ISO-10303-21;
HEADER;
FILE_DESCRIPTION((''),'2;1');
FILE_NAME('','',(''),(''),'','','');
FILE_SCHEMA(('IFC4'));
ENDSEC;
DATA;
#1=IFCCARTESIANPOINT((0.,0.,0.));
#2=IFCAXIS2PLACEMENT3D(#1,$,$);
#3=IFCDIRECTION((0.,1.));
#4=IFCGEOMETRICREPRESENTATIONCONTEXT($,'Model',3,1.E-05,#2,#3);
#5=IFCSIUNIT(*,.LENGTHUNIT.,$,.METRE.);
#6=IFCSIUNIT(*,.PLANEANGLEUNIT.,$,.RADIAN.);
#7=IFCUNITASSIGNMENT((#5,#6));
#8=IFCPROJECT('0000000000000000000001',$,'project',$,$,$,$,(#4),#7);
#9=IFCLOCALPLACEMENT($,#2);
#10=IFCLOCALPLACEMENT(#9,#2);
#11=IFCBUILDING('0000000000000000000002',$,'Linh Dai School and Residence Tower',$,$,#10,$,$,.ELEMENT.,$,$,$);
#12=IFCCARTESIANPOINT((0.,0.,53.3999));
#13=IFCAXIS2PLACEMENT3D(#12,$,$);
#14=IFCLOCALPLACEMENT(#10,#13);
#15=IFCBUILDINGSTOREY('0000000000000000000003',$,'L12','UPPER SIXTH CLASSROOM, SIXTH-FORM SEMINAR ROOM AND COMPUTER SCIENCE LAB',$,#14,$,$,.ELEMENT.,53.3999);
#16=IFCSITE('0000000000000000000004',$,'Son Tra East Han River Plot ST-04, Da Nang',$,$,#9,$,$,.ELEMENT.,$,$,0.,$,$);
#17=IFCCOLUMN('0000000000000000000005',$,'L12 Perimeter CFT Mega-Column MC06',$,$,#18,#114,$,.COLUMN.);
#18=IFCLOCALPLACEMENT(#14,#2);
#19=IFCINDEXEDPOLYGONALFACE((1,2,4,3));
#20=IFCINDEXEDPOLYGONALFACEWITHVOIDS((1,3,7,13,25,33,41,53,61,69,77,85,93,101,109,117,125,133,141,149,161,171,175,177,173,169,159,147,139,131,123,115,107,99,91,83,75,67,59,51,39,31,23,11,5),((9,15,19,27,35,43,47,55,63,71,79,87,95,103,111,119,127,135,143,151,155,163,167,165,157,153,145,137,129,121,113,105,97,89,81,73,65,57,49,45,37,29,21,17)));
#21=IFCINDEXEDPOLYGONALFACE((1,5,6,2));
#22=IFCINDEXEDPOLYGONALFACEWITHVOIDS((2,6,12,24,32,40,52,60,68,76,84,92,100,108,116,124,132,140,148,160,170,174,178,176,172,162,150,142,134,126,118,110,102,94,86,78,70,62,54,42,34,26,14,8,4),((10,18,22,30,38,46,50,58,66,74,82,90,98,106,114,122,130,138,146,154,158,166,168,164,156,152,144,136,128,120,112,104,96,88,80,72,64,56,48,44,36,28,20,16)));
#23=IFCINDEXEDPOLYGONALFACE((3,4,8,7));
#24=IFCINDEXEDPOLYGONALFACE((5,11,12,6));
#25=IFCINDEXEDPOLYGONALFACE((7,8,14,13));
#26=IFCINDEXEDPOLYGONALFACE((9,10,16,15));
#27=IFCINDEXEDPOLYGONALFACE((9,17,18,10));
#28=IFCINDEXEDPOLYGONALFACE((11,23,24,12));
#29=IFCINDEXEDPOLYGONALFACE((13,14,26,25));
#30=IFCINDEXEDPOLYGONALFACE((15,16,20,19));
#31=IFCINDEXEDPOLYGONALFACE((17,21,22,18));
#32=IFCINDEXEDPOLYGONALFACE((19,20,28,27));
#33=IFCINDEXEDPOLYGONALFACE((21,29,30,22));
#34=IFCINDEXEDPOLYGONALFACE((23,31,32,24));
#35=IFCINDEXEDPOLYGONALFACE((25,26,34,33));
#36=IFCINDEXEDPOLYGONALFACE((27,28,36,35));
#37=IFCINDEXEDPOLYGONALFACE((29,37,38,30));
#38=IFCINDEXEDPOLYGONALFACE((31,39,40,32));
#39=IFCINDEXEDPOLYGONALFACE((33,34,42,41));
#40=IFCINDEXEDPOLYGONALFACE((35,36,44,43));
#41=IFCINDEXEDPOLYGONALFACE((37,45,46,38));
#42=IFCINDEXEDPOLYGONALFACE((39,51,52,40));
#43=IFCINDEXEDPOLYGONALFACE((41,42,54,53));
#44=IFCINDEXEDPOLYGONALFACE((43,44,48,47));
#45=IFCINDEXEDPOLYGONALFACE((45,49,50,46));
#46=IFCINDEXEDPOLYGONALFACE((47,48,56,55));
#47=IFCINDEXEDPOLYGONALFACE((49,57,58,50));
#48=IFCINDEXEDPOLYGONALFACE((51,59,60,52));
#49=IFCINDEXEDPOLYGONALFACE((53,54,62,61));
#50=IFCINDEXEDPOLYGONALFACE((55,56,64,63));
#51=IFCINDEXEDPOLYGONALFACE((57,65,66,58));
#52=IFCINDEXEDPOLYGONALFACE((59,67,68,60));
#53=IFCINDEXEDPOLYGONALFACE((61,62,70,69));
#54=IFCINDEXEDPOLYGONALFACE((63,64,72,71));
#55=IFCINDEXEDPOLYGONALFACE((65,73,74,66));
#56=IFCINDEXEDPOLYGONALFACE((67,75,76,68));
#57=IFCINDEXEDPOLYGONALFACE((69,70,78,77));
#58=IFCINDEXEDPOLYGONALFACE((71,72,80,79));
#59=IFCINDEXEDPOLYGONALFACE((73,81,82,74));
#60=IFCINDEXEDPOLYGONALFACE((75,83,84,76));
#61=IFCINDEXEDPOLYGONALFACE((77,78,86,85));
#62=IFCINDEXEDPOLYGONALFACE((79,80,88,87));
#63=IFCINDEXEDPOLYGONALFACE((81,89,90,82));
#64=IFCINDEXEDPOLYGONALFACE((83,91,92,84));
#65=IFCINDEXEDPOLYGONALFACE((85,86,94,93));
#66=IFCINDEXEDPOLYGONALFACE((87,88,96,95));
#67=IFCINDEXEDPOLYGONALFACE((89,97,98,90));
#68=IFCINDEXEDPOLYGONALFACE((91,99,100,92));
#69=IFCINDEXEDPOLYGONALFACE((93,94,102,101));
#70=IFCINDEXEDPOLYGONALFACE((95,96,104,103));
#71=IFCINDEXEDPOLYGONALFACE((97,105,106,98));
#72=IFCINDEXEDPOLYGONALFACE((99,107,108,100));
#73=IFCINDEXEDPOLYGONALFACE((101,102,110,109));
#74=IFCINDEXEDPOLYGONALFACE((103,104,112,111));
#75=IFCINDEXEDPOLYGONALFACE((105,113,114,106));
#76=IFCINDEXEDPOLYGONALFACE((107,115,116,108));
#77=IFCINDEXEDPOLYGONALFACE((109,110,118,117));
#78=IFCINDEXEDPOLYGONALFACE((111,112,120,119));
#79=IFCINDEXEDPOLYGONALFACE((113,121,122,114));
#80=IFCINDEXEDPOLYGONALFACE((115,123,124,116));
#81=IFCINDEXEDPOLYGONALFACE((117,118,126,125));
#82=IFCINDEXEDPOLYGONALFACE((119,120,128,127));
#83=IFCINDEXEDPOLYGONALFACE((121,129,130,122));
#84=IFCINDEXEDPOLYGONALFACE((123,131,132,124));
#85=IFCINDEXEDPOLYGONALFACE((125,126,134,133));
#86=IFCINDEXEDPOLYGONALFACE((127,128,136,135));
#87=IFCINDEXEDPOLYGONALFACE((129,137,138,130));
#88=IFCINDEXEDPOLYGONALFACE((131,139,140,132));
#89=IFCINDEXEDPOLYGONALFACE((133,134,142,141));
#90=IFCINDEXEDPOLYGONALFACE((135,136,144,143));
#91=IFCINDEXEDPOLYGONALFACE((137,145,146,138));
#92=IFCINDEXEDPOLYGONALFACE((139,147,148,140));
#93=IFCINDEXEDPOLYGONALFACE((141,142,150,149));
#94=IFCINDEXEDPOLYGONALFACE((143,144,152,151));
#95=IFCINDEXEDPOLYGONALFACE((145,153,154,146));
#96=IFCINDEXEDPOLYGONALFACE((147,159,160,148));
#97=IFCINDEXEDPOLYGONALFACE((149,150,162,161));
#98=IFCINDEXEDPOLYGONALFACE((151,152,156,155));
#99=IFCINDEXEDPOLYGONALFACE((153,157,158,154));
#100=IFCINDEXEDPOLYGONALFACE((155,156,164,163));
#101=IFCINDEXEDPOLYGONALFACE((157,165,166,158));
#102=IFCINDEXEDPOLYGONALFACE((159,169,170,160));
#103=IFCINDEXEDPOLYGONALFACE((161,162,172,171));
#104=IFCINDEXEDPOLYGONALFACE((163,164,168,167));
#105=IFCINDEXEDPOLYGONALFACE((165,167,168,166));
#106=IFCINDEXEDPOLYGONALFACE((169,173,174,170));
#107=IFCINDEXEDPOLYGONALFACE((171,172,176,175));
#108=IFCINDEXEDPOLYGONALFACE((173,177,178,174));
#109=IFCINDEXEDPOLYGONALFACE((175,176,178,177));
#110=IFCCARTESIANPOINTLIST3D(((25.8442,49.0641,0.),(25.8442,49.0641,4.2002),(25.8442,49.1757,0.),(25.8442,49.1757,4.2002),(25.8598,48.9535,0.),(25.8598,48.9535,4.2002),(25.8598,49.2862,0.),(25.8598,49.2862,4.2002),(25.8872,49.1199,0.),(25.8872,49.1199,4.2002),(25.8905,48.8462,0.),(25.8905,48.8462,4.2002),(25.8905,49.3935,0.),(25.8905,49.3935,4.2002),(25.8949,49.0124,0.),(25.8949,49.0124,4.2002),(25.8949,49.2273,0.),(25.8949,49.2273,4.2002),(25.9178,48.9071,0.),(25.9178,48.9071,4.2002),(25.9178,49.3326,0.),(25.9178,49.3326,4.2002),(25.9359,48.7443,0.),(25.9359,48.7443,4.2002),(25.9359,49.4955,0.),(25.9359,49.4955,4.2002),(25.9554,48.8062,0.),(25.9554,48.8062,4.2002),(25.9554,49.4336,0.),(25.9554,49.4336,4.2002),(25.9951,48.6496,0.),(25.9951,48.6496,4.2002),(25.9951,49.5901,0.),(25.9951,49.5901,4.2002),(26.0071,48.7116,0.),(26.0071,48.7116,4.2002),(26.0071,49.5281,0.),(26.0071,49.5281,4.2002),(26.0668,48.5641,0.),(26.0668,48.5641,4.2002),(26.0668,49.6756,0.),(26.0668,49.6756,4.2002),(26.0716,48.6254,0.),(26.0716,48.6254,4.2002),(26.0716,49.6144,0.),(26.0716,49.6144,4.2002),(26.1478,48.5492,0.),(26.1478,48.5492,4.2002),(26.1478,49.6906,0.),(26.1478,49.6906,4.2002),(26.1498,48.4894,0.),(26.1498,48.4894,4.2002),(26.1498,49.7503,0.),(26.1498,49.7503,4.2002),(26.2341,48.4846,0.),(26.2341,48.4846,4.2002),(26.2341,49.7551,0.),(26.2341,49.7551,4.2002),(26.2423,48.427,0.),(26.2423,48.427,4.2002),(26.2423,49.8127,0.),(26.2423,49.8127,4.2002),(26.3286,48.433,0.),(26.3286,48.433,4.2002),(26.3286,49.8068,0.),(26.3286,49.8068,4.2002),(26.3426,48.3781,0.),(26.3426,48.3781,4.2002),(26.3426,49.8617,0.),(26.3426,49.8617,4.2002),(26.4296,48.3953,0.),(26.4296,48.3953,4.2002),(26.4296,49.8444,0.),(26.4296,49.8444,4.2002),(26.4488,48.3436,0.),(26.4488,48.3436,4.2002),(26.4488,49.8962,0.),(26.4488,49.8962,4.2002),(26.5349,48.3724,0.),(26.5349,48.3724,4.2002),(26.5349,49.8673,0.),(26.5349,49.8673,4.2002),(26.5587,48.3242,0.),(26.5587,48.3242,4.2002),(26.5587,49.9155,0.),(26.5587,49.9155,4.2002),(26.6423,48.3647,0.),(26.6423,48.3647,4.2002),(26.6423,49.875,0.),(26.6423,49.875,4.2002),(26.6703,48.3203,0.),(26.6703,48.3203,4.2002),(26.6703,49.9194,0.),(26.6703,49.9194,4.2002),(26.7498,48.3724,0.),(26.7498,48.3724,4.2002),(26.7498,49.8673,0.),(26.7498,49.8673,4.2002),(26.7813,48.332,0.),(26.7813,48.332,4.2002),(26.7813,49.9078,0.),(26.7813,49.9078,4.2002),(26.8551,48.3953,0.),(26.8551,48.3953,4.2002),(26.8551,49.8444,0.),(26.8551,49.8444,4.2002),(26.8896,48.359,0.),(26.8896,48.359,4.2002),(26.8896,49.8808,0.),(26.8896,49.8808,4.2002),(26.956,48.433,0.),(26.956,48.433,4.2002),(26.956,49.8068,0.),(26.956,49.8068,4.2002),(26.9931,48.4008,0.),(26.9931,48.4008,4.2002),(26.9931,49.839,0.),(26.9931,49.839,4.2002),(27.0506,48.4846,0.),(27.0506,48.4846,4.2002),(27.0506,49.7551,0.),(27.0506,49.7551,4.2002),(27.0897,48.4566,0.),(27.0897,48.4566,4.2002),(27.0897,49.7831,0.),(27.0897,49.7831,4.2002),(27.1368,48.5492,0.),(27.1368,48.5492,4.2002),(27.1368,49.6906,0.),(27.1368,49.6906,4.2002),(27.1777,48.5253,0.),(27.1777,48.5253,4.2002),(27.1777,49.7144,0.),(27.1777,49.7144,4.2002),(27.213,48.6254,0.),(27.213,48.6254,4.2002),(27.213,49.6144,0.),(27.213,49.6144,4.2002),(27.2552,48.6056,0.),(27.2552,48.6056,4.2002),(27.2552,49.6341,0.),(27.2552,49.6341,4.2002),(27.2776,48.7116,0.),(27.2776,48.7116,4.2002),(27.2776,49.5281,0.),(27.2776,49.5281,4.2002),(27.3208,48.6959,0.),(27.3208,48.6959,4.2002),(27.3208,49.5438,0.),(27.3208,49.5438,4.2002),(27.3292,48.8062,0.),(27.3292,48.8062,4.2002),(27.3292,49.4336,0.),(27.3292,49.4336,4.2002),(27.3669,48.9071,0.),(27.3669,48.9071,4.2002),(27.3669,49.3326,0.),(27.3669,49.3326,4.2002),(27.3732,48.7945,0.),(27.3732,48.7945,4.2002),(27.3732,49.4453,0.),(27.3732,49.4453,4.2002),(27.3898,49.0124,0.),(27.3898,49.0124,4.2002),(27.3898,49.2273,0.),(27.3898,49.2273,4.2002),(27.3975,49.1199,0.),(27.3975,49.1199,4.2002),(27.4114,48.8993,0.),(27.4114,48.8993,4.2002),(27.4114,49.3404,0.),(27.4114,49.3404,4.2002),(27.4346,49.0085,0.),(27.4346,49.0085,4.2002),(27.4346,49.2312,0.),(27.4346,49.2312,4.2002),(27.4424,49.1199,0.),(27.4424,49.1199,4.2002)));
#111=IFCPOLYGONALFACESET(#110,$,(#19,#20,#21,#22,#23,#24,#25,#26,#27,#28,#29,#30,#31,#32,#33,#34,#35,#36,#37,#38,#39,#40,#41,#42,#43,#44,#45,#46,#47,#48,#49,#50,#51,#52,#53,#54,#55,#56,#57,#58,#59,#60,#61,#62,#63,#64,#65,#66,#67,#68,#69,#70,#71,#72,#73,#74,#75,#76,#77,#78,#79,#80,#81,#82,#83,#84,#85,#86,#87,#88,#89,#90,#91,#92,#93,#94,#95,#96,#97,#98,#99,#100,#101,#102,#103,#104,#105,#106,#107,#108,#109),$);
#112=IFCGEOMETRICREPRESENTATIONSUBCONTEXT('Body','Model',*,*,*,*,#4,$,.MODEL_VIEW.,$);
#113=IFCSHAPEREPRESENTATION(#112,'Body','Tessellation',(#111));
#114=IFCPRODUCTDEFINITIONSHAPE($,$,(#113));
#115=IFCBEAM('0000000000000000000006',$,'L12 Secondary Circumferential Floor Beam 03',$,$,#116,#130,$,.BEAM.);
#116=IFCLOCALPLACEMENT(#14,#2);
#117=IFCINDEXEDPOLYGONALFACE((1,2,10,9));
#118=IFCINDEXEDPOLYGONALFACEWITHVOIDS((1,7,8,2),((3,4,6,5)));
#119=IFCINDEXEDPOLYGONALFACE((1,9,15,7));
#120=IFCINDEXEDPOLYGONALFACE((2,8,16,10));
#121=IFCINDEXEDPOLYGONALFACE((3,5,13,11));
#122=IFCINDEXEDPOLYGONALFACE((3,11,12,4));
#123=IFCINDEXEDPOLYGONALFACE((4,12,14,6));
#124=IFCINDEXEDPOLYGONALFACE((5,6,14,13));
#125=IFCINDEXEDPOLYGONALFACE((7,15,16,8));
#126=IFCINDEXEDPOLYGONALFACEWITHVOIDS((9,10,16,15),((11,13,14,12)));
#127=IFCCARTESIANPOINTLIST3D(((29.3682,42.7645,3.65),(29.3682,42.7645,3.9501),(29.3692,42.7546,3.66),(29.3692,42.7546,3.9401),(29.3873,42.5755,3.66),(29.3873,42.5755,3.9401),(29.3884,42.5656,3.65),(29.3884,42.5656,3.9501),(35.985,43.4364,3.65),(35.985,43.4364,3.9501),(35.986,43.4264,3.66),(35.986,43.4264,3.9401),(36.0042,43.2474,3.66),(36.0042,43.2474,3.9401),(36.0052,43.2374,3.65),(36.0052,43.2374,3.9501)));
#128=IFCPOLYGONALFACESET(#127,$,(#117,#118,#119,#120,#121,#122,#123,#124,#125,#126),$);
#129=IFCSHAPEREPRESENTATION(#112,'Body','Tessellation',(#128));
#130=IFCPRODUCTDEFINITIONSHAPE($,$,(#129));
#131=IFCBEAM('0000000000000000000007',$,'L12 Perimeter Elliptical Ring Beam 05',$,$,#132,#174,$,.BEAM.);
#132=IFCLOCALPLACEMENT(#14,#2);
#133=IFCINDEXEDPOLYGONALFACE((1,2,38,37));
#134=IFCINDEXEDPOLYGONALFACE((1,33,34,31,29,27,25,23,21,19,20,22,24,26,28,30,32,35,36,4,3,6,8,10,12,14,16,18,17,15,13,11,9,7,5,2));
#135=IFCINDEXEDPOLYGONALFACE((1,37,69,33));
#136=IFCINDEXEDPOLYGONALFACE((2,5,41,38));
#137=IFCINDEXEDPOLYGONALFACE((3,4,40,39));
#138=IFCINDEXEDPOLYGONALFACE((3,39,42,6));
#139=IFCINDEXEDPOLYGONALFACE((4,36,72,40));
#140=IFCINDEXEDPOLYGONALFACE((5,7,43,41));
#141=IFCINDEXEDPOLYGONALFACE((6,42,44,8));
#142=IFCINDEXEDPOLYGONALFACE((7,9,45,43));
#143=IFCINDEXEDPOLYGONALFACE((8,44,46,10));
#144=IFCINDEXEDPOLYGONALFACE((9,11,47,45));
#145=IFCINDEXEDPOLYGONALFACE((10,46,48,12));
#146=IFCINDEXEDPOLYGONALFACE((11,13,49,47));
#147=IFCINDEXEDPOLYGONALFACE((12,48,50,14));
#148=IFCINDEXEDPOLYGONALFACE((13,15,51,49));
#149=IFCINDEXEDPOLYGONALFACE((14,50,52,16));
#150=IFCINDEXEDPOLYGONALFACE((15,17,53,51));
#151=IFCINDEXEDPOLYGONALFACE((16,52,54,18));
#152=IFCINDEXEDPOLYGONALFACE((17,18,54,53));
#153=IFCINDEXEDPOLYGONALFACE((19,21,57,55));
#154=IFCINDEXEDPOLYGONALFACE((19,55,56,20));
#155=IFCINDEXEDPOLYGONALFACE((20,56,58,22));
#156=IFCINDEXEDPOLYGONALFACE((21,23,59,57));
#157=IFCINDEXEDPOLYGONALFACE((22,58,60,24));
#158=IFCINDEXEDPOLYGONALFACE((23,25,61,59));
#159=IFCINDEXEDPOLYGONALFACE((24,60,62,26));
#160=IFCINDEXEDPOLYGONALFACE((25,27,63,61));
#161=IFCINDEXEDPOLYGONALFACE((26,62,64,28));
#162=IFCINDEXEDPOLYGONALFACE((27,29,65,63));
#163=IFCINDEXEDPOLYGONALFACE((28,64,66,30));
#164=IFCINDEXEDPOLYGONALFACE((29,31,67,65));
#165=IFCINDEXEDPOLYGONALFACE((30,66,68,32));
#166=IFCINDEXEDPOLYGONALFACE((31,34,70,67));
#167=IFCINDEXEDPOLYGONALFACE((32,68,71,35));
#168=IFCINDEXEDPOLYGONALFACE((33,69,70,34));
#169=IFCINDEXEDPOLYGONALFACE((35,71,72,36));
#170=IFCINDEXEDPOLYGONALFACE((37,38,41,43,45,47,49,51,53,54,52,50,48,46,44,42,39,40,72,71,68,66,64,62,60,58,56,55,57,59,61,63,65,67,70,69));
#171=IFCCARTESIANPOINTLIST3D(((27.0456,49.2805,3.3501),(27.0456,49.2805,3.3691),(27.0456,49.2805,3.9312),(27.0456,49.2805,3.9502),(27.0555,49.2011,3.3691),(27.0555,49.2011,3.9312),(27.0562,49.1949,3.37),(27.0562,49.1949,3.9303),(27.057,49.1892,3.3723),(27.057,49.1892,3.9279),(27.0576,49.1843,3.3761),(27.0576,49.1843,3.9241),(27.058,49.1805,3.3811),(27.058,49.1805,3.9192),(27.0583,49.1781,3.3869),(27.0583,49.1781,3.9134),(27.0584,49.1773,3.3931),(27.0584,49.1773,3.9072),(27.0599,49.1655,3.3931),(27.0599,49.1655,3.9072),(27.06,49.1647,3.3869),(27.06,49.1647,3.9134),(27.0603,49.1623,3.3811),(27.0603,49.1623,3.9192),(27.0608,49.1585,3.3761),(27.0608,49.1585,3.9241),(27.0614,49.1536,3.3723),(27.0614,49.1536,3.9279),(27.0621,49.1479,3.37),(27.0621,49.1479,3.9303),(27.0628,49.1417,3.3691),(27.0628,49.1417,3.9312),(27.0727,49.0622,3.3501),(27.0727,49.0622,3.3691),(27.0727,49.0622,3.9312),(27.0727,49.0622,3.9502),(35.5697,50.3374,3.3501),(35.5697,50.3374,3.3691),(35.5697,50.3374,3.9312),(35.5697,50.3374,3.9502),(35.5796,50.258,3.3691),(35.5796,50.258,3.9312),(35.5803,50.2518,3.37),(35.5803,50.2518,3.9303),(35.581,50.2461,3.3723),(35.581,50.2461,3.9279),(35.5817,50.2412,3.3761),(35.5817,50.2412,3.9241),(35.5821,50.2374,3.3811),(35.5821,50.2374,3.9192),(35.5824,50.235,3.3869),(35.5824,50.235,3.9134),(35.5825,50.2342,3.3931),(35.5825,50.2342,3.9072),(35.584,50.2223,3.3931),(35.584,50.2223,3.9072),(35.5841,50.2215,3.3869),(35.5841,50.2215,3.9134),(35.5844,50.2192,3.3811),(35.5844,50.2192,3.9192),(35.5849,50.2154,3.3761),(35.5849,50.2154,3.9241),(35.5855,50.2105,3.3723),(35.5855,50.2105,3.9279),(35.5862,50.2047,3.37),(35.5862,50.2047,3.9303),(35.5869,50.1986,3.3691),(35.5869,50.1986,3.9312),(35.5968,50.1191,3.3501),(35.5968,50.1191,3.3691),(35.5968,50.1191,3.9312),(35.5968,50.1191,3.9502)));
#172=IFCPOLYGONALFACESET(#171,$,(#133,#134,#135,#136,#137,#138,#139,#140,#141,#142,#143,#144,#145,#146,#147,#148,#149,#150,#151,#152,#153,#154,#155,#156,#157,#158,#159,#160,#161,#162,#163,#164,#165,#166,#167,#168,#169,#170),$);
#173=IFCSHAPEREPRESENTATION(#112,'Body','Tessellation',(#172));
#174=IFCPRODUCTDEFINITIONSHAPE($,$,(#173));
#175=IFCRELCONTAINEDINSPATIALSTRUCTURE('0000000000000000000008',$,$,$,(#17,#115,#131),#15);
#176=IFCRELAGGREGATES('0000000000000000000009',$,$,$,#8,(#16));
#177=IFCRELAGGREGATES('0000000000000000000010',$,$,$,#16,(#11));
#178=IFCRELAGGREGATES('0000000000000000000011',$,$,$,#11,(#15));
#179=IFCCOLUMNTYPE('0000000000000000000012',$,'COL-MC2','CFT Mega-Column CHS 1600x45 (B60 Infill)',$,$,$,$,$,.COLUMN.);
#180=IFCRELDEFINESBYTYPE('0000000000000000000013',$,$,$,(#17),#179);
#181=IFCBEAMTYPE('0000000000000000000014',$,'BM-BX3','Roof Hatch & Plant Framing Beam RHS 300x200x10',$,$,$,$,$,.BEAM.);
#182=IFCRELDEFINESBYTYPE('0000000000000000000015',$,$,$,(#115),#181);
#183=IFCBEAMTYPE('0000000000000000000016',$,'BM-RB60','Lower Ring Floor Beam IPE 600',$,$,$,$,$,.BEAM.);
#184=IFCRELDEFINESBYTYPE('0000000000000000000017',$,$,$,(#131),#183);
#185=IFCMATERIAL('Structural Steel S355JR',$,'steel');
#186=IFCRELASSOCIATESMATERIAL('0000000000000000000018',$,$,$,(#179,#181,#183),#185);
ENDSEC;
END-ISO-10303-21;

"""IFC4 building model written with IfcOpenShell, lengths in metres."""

from ifc_helpers import new_model, si_unit, direction, frame, origin, origin_2d, place, context, subcontext, project, spatial, hollow_rectangle, hollow_circle, i_section, extrude, material, material_profile, profile_set, type_object, element, save


model = new_model("IFC4")

# Units and contexts
model_context = context("Model", 3, precision=1e-05, world=origin(), true_north=direction((0.0, 1.0)))
body_context = subcontext(model_context, "Body", "Model", "MODEL_VIEW")
ifc_project = project(units=[si_unit("LENGTHUNIT", "METRE"), si_unit("PLANEANGLEUNIT", "RADIAN")], contexts=[model_context])

# Site, building, storey
site_placement = place(None, origin())
site = spatial("IfcSite", under=ifc_project, at=site_placement, Name="Son Tra East Han River Plot ST-04, Da Nang", CompositionType="ELEMENT", RefElevation=0.0)
building_placement = place(site_placement, origin())
building = spatial("IfcBuilding", under=site, at=building_placement, Name="Linh Dai School and Residence Tower", CompositionType="ELEMENT")
storey_placement = place(building_placement, frame((0.0, 0.0, 53.3999)))
storey = spatial("IfcBuildingStorey", under=building, at=storey_placement, Name="L12", Description="UPPER SIXTH CLASSROOM, SIXTH-FORM SEMINAR ROOM AND COMPUTER SCIENCE LAB", CompositionType="ELEMENT", Elevation=53.3999)

# Column
ifc_material_1 = material(Name="Structural Steel S355JR", Category="steel")
ifc_material_profile_1 = material_profile(ifc_material_1, hollow_circle(Radius=0.8, WallThickness=0.0449, at=origin_2d()), Name="CHS 1600x45")
ifc_profile_set_1 = profile_set([ifc_material_profile_1], Name="Structural Steel S355JR")
column_type_1 = type_object("IfcColumnType", Name="COL-MC2", Description="CFT Mega-Column CHS 1600x45 (B60 Infill)", PredefinedType="COLUMN", material=ifc_profile_set_1)
for number, where, z_axis, x_axis, name in (
    (1, (26.6423, 49.1199, 0.0), (0.0, 0.0, 1.0), (1.0, 0.0, 0.0), "L12 Perimeter CFT Mega-Column MC06"),
):
    element("IfcColumn", number, at=place(storey_placement, frame(where, z_axis=z_axis, x_axis=x_axis)), inside=storey, type_object=column_type_1, Name=name, PredefinedType="COLUMN", context=body_context, shape_type="SweptSolid", body=[
        extrude(hollow_circle(Radius=0.8, WallThickness=0.0449, at=origin_2d()), origin(), (0.0, 0.0, 1.0), 4.2002),
    ])

# Beams
ifc_material_profile_2 = material_profile(ifc_material_1, hollow_rectangle(XDim=0.2, YDim=0.3, WallThickness=0.01, at=origin_2d()), Name="RHS 300x200x10")
ifc_profile_set_2 = profile_set([ifc_material_profile_2], Name="Structural Steel S355JR")
beam_type_1 = type_object("IfcBeamType", Name="BM-BX3", Description="Roof Hatch & Plant Framing Beam RHS 300x200x10", PredefinedType="BEAM", material=ifc_profile_set_2)
beam_1_placement = place(storey_placement, frame((35.9951, 43.3369, 3.8), z_axis=(-0.994884, -0.101019, 0.0), x_axis=(0.101019, -0.994884, 0.0)))
element("IfcBeam", 2, at=beam_1_placement, inside=storey, type_object=beam_type_1, Name="L12 Secondary Circumferential Floor Beam 03", PredefinedType="BEAM", context=body_context, shape_type="SweptSolid", body=[
    extrude(hollow_rectangle(XDim=0.2, YDim=0.3, WallThickness=0.01, at=origin_2d()), origin(), (0.0, 0.0, 1.0), 6.6509),
])
ifc_material_profile_3 = material_profile(ifc_material_1, i_section(OverallWidth=0.22, OverallDepth=0.6001, WebThickness=0.012, FlangeThickness=0.019, FilletRadius=0.0239, at=origin_2d()), Name="IPE 600")
ifc_profile_set_3 = profile_set([ifc_material_profile_3], Name="Structural Steel S355JR")
beam_type_2 = type_object("IfcBeamType", Name="BM-RB60", Description="Lower Ring Floor Beam IPE 600", PredefinedType="BEAM", material=ifc_profile_set_3)
beam_2_placement = place(storey_placement, frame((35.5833, 50.2283, 3.6501), z_axis=(-0.992401, -0.123045, 0.0), x_axis=(0.123045, -0.992401, 0.0)))
element("IfcBeam", 3, at=beam_2_placement, inside=storey, type_object=beam_type_2, Name="L12 Perimeter Elliptical Ring Beam 05", PredefinedType="BEAM", context=body_context, shape_type="SweptSolid", body=[
    extrude(i_section(OverallWidth=0.22, OverallDepth=0.6001, WebThickness=0.012, FlangeThickness=0.019, FilletRadius=0.0239, at=origin_2d()), origin(), (0.0, 0.0, 1.0), 8.5894),
])

save(model, "model.ifc")
